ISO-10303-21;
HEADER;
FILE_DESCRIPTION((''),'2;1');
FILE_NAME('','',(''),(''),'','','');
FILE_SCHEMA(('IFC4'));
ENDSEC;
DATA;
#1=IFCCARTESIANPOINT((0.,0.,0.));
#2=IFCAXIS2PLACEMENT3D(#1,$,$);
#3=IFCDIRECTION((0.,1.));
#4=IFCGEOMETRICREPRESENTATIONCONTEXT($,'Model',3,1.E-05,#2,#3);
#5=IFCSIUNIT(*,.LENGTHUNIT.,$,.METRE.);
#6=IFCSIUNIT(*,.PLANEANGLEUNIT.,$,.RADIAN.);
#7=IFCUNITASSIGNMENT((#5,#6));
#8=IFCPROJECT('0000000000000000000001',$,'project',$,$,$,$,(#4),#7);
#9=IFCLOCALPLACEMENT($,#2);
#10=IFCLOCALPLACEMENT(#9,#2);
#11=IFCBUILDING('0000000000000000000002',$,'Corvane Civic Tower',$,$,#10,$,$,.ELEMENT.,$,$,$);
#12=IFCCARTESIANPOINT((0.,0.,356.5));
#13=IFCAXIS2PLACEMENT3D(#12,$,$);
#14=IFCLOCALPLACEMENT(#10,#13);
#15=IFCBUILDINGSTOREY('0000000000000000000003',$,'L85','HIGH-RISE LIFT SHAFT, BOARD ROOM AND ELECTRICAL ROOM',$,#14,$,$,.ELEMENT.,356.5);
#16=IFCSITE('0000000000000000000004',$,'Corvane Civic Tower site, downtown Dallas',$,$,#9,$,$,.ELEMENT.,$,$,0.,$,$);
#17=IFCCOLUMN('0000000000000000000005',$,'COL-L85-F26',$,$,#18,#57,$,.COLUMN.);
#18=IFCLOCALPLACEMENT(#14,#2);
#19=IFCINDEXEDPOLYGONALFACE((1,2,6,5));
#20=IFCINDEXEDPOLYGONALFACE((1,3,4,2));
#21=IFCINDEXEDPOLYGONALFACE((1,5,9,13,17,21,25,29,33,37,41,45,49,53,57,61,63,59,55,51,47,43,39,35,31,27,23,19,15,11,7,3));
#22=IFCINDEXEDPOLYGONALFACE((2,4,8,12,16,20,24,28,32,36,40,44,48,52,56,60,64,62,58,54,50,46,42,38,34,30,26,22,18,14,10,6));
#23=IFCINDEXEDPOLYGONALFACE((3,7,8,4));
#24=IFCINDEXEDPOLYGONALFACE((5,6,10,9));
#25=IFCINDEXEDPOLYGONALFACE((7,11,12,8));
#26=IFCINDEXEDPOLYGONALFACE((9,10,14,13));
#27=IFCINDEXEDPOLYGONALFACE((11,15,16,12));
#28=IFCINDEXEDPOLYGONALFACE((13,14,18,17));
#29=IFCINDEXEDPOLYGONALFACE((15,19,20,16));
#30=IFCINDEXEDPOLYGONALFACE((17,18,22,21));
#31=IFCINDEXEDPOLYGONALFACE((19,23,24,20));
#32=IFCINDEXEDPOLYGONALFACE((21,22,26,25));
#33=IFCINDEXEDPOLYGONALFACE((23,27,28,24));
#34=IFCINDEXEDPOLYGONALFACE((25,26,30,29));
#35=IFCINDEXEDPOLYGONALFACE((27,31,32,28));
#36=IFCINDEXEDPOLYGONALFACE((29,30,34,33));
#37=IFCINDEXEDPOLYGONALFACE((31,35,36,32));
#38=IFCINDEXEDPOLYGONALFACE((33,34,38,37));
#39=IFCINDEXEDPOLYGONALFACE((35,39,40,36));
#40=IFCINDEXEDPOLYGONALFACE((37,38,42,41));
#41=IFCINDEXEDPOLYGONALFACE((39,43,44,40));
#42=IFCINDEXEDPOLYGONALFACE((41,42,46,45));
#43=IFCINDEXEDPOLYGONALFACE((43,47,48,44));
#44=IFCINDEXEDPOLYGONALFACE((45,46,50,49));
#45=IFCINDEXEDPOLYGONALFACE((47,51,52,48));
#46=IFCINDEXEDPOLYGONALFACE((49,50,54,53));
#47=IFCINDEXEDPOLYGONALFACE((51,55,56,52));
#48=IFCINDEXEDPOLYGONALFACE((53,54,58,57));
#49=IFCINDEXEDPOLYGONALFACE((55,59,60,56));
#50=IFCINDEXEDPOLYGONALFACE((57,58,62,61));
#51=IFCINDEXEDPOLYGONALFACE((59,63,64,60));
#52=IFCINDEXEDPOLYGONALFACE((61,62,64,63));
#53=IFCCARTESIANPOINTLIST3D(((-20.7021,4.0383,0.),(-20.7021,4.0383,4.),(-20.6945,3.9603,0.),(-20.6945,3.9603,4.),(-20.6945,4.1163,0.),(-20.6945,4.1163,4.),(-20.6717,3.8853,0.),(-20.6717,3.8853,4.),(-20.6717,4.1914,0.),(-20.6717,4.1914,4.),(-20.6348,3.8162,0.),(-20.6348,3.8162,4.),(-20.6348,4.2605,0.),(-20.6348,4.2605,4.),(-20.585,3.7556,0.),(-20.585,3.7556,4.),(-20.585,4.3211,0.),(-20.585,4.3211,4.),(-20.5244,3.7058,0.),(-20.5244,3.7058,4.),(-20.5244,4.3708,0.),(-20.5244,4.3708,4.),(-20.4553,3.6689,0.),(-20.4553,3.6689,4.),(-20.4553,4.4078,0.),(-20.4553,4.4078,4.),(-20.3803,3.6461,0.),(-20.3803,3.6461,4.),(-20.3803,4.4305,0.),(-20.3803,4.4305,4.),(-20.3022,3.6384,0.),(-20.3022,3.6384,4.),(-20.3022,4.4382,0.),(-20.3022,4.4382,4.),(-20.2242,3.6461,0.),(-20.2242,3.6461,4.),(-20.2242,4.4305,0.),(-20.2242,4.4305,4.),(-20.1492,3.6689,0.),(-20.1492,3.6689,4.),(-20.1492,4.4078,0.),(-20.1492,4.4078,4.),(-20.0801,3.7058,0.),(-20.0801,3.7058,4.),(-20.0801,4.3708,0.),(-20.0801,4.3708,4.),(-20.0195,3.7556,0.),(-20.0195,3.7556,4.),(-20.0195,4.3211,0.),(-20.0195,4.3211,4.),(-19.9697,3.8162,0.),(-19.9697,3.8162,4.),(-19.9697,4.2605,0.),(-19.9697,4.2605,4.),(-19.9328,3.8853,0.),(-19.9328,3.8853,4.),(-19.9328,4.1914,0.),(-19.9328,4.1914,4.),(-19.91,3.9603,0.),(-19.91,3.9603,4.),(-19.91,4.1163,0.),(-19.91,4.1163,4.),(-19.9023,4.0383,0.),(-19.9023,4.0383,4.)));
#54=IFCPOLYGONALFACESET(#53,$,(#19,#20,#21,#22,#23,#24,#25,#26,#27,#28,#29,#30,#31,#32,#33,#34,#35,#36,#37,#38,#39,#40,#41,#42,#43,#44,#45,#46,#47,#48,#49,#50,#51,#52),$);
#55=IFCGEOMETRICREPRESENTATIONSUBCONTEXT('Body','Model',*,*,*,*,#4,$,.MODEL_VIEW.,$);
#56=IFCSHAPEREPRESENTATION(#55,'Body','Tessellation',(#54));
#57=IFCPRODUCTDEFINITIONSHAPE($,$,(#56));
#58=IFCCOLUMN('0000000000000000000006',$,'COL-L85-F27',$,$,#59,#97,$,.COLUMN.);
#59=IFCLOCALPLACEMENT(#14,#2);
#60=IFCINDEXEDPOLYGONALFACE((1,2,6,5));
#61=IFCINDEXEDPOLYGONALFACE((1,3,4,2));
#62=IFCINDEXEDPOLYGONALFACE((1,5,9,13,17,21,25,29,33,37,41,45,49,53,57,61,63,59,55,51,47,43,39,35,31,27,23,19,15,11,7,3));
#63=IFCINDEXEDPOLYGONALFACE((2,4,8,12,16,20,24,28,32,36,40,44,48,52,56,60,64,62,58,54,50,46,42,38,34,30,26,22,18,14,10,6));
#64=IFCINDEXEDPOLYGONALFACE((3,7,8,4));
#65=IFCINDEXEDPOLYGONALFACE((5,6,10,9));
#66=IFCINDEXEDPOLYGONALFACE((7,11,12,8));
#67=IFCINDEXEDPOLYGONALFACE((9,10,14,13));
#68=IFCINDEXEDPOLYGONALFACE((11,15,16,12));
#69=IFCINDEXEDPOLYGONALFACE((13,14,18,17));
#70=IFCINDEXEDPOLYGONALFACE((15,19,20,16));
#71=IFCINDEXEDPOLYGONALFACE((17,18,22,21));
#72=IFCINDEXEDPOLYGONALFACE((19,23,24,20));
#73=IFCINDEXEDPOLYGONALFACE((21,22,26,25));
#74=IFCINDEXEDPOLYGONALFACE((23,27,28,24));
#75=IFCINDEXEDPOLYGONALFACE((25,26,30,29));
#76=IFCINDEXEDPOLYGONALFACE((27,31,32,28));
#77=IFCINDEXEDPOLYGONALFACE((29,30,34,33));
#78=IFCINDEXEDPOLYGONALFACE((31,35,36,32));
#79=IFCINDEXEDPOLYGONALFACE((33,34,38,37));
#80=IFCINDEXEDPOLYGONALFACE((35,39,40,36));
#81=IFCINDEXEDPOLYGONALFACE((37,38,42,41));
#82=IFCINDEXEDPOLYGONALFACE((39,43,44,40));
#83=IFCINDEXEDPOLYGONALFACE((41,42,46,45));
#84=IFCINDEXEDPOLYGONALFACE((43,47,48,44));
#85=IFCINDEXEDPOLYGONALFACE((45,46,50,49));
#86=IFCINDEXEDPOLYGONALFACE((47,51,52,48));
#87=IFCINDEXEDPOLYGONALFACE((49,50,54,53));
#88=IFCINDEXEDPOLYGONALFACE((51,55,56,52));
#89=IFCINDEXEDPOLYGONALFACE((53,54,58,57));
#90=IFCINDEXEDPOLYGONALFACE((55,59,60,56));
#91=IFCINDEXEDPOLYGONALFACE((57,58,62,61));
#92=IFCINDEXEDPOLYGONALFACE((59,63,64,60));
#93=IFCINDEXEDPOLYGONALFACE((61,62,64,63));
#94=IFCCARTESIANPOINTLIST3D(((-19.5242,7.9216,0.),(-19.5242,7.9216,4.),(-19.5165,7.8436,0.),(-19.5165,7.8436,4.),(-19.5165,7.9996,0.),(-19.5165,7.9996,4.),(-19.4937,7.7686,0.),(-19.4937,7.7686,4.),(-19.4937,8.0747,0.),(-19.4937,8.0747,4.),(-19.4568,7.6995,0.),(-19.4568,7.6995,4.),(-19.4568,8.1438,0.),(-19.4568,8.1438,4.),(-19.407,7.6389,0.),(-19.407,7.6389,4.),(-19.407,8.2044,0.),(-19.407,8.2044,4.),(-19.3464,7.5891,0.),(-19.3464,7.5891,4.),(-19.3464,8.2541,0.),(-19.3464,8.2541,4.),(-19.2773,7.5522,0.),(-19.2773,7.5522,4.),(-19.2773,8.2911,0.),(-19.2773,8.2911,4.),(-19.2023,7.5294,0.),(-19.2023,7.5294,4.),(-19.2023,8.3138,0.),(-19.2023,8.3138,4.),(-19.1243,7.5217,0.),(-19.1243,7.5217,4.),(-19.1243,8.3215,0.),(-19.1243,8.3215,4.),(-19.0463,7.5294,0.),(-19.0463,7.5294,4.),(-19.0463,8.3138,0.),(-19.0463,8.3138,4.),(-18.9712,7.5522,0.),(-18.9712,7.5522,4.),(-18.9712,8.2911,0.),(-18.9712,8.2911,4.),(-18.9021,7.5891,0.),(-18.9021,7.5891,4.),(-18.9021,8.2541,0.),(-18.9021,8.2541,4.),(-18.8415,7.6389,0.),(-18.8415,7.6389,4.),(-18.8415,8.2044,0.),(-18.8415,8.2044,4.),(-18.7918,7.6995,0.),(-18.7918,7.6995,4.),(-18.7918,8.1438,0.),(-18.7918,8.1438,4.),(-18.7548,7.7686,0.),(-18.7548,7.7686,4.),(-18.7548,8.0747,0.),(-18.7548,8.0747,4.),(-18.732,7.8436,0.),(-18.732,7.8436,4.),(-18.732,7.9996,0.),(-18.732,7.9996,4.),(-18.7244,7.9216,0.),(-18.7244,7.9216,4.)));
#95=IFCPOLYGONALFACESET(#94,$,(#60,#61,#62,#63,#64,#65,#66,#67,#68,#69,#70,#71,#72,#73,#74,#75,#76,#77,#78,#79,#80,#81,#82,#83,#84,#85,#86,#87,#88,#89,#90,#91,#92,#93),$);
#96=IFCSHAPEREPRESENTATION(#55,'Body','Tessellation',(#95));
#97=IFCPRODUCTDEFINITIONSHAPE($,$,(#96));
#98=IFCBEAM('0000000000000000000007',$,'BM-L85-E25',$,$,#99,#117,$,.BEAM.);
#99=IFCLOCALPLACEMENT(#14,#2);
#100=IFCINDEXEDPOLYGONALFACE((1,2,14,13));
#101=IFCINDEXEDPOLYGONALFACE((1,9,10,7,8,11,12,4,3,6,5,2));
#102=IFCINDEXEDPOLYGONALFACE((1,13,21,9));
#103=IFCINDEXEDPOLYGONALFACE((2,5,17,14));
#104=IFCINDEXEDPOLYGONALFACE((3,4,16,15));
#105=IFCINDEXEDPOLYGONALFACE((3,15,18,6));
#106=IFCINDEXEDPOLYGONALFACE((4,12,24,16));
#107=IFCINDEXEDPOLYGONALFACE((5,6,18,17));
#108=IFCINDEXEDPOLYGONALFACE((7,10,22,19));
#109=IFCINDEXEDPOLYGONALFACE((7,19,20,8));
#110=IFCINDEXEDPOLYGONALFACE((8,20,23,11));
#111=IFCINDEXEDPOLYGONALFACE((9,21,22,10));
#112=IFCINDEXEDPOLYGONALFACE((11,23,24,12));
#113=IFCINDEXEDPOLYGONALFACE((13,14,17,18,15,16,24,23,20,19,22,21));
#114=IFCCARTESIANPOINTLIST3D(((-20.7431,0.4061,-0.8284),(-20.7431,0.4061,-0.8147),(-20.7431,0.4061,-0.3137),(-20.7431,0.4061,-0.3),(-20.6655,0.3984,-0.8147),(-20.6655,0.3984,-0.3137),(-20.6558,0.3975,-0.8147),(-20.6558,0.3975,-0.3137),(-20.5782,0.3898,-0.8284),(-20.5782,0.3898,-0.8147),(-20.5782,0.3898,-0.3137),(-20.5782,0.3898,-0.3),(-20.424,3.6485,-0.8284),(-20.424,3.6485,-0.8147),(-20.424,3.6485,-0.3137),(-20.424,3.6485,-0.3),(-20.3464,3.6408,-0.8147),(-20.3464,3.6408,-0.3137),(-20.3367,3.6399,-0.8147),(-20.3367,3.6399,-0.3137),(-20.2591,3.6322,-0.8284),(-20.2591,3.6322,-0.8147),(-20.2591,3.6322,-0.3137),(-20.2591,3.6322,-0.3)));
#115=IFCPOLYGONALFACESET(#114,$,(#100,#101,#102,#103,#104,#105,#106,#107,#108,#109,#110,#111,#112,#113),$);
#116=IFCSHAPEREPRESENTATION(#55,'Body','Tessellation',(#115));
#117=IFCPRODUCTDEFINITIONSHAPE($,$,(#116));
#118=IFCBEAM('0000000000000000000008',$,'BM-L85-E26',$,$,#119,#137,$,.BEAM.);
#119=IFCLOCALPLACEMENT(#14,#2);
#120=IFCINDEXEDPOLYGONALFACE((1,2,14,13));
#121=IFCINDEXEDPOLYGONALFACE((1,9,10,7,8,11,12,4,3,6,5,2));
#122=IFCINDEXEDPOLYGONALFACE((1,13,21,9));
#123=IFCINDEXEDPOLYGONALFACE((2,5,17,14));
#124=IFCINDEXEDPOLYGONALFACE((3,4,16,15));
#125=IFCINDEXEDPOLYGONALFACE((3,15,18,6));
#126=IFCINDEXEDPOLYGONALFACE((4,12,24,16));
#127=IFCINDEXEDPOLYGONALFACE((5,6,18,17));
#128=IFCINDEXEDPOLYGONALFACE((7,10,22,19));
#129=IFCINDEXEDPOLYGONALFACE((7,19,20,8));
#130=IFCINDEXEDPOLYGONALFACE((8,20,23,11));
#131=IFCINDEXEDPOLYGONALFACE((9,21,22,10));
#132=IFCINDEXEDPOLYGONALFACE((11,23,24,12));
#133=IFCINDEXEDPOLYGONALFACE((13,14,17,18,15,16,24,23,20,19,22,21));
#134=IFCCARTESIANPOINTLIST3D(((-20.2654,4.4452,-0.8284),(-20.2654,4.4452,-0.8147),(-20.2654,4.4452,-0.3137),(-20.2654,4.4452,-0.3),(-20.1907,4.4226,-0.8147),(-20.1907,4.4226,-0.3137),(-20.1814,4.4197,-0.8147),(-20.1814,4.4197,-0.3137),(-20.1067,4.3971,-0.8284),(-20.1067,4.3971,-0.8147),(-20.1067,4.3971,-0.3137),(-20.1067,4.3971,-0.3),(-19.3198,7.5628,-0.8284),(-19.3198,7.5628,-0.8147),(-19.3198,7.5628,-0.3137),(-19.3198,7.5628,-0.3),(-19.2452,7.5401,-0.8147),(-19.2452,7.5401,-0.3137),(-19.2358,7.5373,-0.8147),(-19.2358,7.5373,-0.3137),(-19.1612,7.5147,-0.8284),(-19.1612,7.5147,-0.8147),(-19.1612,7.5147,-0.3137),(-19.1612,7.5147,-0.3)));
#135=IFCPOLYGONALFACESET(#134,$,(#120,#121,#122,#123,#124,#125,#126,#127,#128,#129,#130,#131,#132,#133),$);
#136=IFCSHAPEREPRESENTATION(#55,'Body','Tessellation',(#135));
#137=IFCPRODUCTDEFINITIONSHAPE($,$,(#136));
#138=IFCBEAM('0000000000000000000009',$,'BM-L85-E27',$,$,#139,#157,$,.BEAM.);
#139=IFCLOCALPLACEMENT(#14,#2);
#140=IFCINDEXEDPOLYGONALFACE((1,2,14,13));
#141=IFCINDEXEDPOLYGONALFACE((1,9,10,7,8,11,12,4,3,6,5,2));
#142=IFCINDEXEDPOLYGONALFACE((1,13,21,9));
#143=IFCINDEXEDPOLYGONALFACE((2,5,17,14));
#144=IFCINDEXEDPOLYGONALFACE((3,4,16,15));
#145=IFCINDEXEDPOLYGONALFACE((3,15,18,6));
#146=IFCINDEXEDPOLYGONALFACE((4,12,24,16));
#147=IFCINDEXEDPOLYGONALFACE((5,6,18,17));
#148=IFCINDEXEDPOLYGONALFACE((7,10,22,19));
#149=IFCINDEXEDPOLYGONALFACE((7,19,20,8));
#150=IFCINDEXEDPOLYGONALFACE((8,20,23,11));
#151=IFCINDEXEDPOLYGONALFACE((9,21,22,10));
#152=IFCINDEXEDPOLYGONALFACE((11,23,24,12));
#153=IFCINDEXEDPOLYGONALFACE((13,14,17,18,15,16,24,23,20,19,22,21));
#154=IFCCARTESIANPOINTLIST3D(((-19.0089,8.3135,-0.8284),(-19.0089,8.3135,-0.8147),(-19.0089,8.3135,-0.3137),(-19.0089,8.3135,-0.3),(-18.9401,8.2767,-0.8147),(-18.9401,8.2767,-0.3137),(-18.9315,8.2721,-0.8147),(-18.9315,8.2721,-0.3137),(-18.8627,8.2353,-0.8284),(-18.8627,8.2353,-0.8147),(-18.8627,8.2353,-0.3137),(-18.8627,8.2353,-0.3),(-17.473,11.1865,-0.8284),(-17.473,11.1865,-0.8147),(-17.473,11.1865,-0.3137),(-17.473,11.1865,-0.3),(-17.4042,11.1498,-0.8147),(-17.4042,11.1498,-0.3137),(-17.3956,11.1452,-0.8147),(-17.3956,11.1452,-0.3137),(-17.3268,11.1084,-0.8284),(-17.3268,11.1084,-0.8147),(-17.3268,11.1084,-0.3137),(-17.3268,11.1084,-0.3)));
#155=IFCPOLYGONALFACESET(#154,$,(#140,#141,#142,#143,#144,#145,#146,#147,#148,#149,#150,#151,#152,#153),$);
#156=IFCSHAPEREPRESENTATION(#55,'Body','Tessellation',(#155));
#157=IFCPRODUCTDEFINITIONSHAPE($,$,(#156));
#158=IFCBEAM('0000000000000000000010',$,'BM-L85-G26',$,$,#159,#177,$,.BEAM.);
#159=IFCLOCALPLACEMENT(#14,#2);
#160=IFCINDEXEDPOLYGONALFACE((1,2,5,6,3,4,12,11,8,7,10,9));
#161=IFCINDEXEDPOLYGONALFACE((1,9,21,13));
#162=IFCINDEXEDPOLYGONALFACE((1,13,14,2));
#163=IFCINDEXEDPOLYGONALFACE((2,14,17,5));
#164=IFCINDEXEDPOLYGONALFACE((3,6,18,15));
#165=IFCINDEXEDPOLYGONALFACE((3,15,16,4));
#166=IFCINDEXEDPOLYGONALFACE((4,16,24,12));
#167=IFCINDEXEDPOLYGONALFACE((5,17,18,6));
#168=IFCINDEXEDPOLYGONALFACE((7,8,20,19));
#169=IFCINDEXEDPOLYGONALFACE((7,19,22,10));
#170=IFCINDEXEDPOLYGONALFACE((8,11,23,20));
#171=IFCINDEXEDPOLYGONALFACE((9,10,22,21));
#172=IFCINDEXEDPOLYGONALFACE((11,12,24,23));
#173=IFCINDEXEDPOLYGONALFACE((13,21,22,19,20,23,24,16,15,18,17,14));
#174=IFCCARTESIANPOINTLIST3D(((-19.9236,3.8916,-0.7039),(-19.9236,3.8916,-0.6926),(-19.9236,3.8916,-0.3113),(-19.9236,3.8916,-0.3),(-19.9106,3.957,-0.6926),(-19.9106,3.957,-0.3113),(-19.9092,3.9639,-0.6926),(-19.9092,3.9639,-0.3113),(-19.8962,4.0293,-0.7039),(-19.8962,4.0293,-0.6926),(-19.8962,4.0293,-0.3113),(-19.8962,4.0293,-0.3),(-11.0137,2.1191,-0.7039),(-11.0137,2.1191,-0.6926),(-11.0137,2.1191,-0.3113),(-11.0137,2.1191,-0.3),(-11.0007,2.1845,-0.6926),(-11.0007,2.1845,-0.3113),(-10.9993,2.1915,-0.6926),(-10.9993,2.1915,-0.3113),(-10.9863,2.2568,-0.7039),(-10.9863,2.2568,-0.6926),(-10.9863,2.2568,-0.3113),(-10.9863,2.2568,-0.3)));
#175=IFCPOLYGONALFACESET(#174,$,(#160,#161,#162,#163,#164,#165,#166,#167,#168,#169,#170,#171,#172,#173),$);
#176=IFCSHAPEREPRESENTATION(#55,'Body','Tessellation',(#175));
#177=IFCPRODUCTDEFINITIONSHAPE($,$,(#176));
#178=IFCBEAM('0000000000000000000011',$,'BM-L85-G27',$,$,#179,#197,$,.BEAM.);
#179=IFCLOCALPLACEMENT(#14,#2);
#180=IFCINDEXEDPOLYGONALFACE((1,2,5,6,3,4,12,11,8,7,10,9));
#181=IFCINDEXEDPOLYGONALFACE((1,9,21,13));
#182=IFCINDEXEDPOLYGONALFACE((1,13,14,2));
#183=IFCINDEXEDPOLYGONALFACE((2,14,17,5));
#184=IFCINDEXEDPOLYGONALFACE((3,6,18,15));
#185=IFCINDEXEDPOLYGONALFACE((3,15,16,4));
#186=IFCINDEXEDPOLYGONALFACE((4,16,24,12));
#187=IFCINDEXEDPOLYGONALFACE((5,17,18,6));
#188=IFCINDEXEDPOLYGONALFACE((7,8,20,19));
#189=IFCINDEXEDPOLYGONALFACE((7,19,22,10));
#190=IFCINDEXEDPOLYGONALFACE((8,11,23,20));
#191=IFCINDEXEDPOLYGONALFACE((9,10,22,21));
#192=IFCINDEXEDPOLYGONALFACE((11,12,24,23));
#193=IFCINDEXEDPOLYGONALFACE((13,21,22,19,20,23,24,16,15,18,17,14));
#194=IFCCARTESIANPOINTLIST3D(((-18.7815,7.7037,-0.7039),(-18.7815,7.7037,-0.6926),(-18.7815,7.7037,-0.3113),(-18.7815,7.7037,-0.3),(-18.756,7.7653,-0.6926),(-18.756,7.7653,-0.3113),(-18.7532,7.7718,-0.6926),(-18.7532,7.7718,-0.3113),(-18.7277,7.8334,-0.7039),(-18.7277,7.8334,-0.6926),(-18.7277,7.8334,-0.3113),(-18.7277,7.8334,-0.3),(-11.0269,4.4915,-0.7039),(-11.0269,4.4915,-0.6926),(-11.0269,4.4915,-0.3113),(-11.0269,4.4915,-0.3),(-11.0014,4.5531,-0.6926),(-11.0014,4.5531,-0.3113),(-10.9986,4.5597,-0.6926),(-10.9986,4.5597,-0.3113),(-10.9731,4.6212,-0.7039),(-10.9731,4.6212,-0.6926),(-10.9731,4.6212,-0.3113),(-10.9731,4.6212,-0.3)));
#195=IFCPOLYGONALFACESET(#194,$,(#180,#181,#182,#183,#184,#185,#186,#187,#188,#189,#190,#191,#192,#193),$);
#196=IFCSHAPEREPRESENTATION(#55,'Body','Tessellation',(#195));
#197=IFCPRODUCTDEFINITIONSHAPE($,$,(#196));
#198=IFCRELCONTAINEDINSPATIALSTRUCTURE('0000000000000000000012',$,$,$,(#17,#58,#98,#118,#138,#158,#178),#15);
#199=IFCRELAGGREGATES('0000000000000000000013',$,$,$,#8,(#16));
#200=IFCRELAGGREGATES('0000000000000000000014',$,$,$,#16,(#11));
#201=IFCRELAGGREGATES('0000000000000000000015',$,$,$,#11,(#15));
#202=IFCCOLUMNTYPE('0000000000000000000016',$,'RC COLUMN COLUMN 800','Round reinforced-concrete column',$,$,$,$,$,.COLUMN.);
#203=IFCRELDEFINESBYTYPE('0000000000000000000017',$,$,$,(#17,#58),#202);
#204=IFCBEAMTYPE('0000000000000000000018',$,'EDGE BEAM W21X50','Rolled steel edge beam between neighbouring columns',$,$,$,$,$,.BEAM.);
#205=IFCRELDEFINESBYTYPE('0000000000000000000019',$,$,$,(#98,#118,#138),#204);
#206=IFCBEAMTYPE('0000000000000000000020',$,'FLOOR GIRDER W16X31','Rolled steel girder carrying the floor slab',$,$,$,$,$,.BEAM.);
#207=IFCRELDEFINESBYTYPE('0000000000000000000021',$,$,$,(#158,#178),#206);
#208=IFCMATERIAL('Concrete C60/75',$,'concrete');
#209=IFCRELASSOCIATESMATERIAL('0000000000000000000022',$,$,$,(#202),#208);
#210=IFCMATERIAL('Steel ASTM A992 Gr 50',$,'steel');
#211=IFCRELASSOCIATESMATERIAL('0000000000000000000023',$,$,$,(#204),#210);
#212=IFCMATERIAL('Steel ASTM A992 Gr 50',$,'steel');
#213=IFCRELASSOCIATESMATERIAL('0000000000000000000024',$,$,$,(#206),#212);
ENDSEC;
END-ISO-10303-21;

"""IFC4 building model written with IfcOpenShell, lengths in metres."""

from ifc_helpers import new_model, si_unit, direction, frame, origin, origin_2d, place, context, subcontext, project, spatial, circle, i_section, extrude, material, material_profile, profile_set, type_object, element, save


model = new_model("IFC4")

# Units and contexts
model_context = context("Model", 3, precision=1e-05, world=origin(), true_north=direction((0.0, 1.0)))
body_context = subcontext(model_context, "Body", "Model", "MODEL_VIEW")
ifc_project = project(units=[si_unit("LENGTHUNIT", "METRE"), si_unit("PLANEANGLEUNIT", "RADIAN")], contexts=[model_context])

# Site, building, storey
site_placement = place(None, origin())
site = spatial("IfcSite", under=ifc_project, at=site_placement, Name="Corvane Civic Tower site, downtown Dallas", CompositionType="ELEMENT", RefElevation=0.0)
building_placement = place(site_placement, origin())
building = spatial("IfcBuilding", under=site, at=building_placement, Name="Corvane Civic Tower", CompositionType="ELEMENT")
storey_placement = place(building_placement, frame((0.0, 0.0, 356.5)))
storey = spatial("IfcBuildingStorey", under=building, at=storey_placement, Name="L85", Description="HIGH-RISE LIFT SHAFT, BOARD ROOM AND ELECTRICAL ROOM", CompositionType="ELEMENT", Elevation=356.5)

# Columns
ifc_material_1 = material(Name="Concrete C60/75", Category="concrete")
ifc_material_profile_1 = material_profile(ifc_material_1, circle(Radius=0.3999, at=origin_2d()), Name="COLUMN 800")
ifc_profile_set_1 = profile_set([ifc_material_profile_1], Name="Concrete C60/75")
column_type = type_object("IfcColumnType", Name="RC COLUMN COLUMN 800", Description="Round reinforced-concrete column", PredefinedType="COLUMN", material=ifc_profile_set_1)
for number, where, z_axis, x_axis, name in (
    (1, (-20.3022, 4.0383, 0.0), (0.0, 0.0, 1.0), (1.0, 0.0, 0.0), "COL-L85-F26"),
    (2, (-19.1243, 7.9216, 0.0), (0.0, 0.0, 1.0), (1.0, 0.0, 0.0), "COL-L85-F27"),
):
    element("IfcColumn", number, at=place(storey_placement, frame(where, z_axis=z_axis, x_axis=x_axis)), inside=storey, type_object=column_type, Name=name, PredefinedType="COLUMN", context=body_context, shape_type="SweptSolid", body=[
        extrude(circle(Radius=0.3999, at=origin_2d()), origin(), (0.0, 0.0, 1.0), 4.0),
    ])

# Beams
ifc_material_2 = material(Name="Steel ASTM A992 Gr 50", Category="steel")
ifc_material_profile_2 = material_profile(ifc_material_2, i_section(OverallWidth=0.1658, OverallDepth=0.5283, WebThickness=0.0098, FlangeThickness=0.0137, at=origin_2d()), Name="W21X50")
ifc_profile_set_2 = profile_set([ifc_material_profile_2], Name="Steel ASTM A992 Gr 50")
beam_type_1 = type_object("IfcBeamType", Name="EDGE BEAM W21X50", Description="Rolled steel edge beam between neighbouring columns", PredefinedType="BEAM", material=ifc_profile_set_2)
beam_1_placement = place(storey_placement, frame((-20.6606, 0.3979, -0.5642), z_axis=(0.097938, 0.995193, 0.0), x_axis=(-0.995193, 0.097938, 0.0)))
element("IfcBeam", 3, at=beam_1_placement, inside=storey, type_object=beam_type_1, Name="BM-L85-E25", PredefinedType="BEAM", context=body_context, shape_type="SweptSolid", body=[
    extrude(i_section(OverallWidth=0.1658, OverallDepth=0.5283, WebThickness=0.0098, FlangeThickness=0.0137, at=origin_2d()), origin(), (0.0, 0.0, 1.0), 3.2581),
])
for number, where, z_axis, x_axis, name in (
    (4, (-20.186, 4.4211, -0.5642), (0.290234, 0.956956, 0.0), (-0.956956, 0.290234, 0.0), "BM-L85-E26"),
    (5, (-18.9358, 8.2744, -0.5642), (0.471448, 0.881894, 0.0), (-0.881894, 0.471448, 0.0), "BM-L85-E27"),
):
    element("IfcBeam", number, at=place(storey_placement, frame(where, z_axis=z_axis, x_axis=x_axis)), inside=storey, type_object=beam_type_1, Name=name, PredefinedType="BEAM", context=body_context, shape_type="SweptSolid", body=[
        extrude(i_section(OverallWidth=0.1658, OverallDepth=0.5283, WebThickness=0.0098, FlangeThickness=0.0137, at=origin_2d()), origin(), (0.0, 0.0, 1.0), 3.2578),
    ])
ifc_material_3 = material(Name="Steel ASTM A992 Gr 50", Category="steel")
ifc_material_profile_3 = material_profile(ifc_material_3, i_section(OverallWidth=0.1404, OverallDepth=0.4038, WebThickness=0.0071, FlangeThickness=0.0112, at=origin_2d()), Name="W16X31")
ifc_profile_set_3 = profile_set([ifc_material_profile_3], Name="Steel ASTM A992 Gr 50")
beam_type_2 = type_object("IfcBeamType", Name="FLOOR GIRDER W16X31", Description="Rolled steel girder carrying the floor slab", PredefinedType="BEAM", material=ifc_profile_set_3)
beam_2_placement = place(storey_placement, frame((-11.0, 2.188, -0.502), z_axis=(-0.980782, 0.195108, 0.0), x_axis=(-0.195108, -0.980782, 0.0)))
element("IfcBeam", 6, at=beam_2_placement, inside=storey, type_object=beam_type_2, Name="BM-L85-G26", PredefinedType="BEAM", context=body_context, shape_type="SweptSolid", body=[
    extrude(i_section(OverallWidth=0.1404, OverallDepth=0.4038, WebThickness=0.0071, FlangeThickness=0.0112, at=origin_2d()), origin(), (0.0, 0.0, 1.0), 9.0845),
])
beam_3_placement = place(storey_placement, frame((-11.0, 4.5564, -0.502), z_axis=(-0.923876, 0.382692, 0.0), x_axis=(-0.382692, -0.923876, 0.0)))
element("IfcBeam", 7, at=beam_3_placement, inside=storey, type_object=beam_type_2, Name="BM-L85-G27", PredefinedType="BEAM", context=body_context, shape_type="SweptSolid", body=[
    extrude(i_section(OverallWidth=0.1404, OverallDepth=0.4038, WebThickness=0.0071, FlangeThickness=0.0112, at=origin_2d()), origin(), (0.0, 0.0, 1.0), 8.3936),
])

save(model, "model.ifc")
